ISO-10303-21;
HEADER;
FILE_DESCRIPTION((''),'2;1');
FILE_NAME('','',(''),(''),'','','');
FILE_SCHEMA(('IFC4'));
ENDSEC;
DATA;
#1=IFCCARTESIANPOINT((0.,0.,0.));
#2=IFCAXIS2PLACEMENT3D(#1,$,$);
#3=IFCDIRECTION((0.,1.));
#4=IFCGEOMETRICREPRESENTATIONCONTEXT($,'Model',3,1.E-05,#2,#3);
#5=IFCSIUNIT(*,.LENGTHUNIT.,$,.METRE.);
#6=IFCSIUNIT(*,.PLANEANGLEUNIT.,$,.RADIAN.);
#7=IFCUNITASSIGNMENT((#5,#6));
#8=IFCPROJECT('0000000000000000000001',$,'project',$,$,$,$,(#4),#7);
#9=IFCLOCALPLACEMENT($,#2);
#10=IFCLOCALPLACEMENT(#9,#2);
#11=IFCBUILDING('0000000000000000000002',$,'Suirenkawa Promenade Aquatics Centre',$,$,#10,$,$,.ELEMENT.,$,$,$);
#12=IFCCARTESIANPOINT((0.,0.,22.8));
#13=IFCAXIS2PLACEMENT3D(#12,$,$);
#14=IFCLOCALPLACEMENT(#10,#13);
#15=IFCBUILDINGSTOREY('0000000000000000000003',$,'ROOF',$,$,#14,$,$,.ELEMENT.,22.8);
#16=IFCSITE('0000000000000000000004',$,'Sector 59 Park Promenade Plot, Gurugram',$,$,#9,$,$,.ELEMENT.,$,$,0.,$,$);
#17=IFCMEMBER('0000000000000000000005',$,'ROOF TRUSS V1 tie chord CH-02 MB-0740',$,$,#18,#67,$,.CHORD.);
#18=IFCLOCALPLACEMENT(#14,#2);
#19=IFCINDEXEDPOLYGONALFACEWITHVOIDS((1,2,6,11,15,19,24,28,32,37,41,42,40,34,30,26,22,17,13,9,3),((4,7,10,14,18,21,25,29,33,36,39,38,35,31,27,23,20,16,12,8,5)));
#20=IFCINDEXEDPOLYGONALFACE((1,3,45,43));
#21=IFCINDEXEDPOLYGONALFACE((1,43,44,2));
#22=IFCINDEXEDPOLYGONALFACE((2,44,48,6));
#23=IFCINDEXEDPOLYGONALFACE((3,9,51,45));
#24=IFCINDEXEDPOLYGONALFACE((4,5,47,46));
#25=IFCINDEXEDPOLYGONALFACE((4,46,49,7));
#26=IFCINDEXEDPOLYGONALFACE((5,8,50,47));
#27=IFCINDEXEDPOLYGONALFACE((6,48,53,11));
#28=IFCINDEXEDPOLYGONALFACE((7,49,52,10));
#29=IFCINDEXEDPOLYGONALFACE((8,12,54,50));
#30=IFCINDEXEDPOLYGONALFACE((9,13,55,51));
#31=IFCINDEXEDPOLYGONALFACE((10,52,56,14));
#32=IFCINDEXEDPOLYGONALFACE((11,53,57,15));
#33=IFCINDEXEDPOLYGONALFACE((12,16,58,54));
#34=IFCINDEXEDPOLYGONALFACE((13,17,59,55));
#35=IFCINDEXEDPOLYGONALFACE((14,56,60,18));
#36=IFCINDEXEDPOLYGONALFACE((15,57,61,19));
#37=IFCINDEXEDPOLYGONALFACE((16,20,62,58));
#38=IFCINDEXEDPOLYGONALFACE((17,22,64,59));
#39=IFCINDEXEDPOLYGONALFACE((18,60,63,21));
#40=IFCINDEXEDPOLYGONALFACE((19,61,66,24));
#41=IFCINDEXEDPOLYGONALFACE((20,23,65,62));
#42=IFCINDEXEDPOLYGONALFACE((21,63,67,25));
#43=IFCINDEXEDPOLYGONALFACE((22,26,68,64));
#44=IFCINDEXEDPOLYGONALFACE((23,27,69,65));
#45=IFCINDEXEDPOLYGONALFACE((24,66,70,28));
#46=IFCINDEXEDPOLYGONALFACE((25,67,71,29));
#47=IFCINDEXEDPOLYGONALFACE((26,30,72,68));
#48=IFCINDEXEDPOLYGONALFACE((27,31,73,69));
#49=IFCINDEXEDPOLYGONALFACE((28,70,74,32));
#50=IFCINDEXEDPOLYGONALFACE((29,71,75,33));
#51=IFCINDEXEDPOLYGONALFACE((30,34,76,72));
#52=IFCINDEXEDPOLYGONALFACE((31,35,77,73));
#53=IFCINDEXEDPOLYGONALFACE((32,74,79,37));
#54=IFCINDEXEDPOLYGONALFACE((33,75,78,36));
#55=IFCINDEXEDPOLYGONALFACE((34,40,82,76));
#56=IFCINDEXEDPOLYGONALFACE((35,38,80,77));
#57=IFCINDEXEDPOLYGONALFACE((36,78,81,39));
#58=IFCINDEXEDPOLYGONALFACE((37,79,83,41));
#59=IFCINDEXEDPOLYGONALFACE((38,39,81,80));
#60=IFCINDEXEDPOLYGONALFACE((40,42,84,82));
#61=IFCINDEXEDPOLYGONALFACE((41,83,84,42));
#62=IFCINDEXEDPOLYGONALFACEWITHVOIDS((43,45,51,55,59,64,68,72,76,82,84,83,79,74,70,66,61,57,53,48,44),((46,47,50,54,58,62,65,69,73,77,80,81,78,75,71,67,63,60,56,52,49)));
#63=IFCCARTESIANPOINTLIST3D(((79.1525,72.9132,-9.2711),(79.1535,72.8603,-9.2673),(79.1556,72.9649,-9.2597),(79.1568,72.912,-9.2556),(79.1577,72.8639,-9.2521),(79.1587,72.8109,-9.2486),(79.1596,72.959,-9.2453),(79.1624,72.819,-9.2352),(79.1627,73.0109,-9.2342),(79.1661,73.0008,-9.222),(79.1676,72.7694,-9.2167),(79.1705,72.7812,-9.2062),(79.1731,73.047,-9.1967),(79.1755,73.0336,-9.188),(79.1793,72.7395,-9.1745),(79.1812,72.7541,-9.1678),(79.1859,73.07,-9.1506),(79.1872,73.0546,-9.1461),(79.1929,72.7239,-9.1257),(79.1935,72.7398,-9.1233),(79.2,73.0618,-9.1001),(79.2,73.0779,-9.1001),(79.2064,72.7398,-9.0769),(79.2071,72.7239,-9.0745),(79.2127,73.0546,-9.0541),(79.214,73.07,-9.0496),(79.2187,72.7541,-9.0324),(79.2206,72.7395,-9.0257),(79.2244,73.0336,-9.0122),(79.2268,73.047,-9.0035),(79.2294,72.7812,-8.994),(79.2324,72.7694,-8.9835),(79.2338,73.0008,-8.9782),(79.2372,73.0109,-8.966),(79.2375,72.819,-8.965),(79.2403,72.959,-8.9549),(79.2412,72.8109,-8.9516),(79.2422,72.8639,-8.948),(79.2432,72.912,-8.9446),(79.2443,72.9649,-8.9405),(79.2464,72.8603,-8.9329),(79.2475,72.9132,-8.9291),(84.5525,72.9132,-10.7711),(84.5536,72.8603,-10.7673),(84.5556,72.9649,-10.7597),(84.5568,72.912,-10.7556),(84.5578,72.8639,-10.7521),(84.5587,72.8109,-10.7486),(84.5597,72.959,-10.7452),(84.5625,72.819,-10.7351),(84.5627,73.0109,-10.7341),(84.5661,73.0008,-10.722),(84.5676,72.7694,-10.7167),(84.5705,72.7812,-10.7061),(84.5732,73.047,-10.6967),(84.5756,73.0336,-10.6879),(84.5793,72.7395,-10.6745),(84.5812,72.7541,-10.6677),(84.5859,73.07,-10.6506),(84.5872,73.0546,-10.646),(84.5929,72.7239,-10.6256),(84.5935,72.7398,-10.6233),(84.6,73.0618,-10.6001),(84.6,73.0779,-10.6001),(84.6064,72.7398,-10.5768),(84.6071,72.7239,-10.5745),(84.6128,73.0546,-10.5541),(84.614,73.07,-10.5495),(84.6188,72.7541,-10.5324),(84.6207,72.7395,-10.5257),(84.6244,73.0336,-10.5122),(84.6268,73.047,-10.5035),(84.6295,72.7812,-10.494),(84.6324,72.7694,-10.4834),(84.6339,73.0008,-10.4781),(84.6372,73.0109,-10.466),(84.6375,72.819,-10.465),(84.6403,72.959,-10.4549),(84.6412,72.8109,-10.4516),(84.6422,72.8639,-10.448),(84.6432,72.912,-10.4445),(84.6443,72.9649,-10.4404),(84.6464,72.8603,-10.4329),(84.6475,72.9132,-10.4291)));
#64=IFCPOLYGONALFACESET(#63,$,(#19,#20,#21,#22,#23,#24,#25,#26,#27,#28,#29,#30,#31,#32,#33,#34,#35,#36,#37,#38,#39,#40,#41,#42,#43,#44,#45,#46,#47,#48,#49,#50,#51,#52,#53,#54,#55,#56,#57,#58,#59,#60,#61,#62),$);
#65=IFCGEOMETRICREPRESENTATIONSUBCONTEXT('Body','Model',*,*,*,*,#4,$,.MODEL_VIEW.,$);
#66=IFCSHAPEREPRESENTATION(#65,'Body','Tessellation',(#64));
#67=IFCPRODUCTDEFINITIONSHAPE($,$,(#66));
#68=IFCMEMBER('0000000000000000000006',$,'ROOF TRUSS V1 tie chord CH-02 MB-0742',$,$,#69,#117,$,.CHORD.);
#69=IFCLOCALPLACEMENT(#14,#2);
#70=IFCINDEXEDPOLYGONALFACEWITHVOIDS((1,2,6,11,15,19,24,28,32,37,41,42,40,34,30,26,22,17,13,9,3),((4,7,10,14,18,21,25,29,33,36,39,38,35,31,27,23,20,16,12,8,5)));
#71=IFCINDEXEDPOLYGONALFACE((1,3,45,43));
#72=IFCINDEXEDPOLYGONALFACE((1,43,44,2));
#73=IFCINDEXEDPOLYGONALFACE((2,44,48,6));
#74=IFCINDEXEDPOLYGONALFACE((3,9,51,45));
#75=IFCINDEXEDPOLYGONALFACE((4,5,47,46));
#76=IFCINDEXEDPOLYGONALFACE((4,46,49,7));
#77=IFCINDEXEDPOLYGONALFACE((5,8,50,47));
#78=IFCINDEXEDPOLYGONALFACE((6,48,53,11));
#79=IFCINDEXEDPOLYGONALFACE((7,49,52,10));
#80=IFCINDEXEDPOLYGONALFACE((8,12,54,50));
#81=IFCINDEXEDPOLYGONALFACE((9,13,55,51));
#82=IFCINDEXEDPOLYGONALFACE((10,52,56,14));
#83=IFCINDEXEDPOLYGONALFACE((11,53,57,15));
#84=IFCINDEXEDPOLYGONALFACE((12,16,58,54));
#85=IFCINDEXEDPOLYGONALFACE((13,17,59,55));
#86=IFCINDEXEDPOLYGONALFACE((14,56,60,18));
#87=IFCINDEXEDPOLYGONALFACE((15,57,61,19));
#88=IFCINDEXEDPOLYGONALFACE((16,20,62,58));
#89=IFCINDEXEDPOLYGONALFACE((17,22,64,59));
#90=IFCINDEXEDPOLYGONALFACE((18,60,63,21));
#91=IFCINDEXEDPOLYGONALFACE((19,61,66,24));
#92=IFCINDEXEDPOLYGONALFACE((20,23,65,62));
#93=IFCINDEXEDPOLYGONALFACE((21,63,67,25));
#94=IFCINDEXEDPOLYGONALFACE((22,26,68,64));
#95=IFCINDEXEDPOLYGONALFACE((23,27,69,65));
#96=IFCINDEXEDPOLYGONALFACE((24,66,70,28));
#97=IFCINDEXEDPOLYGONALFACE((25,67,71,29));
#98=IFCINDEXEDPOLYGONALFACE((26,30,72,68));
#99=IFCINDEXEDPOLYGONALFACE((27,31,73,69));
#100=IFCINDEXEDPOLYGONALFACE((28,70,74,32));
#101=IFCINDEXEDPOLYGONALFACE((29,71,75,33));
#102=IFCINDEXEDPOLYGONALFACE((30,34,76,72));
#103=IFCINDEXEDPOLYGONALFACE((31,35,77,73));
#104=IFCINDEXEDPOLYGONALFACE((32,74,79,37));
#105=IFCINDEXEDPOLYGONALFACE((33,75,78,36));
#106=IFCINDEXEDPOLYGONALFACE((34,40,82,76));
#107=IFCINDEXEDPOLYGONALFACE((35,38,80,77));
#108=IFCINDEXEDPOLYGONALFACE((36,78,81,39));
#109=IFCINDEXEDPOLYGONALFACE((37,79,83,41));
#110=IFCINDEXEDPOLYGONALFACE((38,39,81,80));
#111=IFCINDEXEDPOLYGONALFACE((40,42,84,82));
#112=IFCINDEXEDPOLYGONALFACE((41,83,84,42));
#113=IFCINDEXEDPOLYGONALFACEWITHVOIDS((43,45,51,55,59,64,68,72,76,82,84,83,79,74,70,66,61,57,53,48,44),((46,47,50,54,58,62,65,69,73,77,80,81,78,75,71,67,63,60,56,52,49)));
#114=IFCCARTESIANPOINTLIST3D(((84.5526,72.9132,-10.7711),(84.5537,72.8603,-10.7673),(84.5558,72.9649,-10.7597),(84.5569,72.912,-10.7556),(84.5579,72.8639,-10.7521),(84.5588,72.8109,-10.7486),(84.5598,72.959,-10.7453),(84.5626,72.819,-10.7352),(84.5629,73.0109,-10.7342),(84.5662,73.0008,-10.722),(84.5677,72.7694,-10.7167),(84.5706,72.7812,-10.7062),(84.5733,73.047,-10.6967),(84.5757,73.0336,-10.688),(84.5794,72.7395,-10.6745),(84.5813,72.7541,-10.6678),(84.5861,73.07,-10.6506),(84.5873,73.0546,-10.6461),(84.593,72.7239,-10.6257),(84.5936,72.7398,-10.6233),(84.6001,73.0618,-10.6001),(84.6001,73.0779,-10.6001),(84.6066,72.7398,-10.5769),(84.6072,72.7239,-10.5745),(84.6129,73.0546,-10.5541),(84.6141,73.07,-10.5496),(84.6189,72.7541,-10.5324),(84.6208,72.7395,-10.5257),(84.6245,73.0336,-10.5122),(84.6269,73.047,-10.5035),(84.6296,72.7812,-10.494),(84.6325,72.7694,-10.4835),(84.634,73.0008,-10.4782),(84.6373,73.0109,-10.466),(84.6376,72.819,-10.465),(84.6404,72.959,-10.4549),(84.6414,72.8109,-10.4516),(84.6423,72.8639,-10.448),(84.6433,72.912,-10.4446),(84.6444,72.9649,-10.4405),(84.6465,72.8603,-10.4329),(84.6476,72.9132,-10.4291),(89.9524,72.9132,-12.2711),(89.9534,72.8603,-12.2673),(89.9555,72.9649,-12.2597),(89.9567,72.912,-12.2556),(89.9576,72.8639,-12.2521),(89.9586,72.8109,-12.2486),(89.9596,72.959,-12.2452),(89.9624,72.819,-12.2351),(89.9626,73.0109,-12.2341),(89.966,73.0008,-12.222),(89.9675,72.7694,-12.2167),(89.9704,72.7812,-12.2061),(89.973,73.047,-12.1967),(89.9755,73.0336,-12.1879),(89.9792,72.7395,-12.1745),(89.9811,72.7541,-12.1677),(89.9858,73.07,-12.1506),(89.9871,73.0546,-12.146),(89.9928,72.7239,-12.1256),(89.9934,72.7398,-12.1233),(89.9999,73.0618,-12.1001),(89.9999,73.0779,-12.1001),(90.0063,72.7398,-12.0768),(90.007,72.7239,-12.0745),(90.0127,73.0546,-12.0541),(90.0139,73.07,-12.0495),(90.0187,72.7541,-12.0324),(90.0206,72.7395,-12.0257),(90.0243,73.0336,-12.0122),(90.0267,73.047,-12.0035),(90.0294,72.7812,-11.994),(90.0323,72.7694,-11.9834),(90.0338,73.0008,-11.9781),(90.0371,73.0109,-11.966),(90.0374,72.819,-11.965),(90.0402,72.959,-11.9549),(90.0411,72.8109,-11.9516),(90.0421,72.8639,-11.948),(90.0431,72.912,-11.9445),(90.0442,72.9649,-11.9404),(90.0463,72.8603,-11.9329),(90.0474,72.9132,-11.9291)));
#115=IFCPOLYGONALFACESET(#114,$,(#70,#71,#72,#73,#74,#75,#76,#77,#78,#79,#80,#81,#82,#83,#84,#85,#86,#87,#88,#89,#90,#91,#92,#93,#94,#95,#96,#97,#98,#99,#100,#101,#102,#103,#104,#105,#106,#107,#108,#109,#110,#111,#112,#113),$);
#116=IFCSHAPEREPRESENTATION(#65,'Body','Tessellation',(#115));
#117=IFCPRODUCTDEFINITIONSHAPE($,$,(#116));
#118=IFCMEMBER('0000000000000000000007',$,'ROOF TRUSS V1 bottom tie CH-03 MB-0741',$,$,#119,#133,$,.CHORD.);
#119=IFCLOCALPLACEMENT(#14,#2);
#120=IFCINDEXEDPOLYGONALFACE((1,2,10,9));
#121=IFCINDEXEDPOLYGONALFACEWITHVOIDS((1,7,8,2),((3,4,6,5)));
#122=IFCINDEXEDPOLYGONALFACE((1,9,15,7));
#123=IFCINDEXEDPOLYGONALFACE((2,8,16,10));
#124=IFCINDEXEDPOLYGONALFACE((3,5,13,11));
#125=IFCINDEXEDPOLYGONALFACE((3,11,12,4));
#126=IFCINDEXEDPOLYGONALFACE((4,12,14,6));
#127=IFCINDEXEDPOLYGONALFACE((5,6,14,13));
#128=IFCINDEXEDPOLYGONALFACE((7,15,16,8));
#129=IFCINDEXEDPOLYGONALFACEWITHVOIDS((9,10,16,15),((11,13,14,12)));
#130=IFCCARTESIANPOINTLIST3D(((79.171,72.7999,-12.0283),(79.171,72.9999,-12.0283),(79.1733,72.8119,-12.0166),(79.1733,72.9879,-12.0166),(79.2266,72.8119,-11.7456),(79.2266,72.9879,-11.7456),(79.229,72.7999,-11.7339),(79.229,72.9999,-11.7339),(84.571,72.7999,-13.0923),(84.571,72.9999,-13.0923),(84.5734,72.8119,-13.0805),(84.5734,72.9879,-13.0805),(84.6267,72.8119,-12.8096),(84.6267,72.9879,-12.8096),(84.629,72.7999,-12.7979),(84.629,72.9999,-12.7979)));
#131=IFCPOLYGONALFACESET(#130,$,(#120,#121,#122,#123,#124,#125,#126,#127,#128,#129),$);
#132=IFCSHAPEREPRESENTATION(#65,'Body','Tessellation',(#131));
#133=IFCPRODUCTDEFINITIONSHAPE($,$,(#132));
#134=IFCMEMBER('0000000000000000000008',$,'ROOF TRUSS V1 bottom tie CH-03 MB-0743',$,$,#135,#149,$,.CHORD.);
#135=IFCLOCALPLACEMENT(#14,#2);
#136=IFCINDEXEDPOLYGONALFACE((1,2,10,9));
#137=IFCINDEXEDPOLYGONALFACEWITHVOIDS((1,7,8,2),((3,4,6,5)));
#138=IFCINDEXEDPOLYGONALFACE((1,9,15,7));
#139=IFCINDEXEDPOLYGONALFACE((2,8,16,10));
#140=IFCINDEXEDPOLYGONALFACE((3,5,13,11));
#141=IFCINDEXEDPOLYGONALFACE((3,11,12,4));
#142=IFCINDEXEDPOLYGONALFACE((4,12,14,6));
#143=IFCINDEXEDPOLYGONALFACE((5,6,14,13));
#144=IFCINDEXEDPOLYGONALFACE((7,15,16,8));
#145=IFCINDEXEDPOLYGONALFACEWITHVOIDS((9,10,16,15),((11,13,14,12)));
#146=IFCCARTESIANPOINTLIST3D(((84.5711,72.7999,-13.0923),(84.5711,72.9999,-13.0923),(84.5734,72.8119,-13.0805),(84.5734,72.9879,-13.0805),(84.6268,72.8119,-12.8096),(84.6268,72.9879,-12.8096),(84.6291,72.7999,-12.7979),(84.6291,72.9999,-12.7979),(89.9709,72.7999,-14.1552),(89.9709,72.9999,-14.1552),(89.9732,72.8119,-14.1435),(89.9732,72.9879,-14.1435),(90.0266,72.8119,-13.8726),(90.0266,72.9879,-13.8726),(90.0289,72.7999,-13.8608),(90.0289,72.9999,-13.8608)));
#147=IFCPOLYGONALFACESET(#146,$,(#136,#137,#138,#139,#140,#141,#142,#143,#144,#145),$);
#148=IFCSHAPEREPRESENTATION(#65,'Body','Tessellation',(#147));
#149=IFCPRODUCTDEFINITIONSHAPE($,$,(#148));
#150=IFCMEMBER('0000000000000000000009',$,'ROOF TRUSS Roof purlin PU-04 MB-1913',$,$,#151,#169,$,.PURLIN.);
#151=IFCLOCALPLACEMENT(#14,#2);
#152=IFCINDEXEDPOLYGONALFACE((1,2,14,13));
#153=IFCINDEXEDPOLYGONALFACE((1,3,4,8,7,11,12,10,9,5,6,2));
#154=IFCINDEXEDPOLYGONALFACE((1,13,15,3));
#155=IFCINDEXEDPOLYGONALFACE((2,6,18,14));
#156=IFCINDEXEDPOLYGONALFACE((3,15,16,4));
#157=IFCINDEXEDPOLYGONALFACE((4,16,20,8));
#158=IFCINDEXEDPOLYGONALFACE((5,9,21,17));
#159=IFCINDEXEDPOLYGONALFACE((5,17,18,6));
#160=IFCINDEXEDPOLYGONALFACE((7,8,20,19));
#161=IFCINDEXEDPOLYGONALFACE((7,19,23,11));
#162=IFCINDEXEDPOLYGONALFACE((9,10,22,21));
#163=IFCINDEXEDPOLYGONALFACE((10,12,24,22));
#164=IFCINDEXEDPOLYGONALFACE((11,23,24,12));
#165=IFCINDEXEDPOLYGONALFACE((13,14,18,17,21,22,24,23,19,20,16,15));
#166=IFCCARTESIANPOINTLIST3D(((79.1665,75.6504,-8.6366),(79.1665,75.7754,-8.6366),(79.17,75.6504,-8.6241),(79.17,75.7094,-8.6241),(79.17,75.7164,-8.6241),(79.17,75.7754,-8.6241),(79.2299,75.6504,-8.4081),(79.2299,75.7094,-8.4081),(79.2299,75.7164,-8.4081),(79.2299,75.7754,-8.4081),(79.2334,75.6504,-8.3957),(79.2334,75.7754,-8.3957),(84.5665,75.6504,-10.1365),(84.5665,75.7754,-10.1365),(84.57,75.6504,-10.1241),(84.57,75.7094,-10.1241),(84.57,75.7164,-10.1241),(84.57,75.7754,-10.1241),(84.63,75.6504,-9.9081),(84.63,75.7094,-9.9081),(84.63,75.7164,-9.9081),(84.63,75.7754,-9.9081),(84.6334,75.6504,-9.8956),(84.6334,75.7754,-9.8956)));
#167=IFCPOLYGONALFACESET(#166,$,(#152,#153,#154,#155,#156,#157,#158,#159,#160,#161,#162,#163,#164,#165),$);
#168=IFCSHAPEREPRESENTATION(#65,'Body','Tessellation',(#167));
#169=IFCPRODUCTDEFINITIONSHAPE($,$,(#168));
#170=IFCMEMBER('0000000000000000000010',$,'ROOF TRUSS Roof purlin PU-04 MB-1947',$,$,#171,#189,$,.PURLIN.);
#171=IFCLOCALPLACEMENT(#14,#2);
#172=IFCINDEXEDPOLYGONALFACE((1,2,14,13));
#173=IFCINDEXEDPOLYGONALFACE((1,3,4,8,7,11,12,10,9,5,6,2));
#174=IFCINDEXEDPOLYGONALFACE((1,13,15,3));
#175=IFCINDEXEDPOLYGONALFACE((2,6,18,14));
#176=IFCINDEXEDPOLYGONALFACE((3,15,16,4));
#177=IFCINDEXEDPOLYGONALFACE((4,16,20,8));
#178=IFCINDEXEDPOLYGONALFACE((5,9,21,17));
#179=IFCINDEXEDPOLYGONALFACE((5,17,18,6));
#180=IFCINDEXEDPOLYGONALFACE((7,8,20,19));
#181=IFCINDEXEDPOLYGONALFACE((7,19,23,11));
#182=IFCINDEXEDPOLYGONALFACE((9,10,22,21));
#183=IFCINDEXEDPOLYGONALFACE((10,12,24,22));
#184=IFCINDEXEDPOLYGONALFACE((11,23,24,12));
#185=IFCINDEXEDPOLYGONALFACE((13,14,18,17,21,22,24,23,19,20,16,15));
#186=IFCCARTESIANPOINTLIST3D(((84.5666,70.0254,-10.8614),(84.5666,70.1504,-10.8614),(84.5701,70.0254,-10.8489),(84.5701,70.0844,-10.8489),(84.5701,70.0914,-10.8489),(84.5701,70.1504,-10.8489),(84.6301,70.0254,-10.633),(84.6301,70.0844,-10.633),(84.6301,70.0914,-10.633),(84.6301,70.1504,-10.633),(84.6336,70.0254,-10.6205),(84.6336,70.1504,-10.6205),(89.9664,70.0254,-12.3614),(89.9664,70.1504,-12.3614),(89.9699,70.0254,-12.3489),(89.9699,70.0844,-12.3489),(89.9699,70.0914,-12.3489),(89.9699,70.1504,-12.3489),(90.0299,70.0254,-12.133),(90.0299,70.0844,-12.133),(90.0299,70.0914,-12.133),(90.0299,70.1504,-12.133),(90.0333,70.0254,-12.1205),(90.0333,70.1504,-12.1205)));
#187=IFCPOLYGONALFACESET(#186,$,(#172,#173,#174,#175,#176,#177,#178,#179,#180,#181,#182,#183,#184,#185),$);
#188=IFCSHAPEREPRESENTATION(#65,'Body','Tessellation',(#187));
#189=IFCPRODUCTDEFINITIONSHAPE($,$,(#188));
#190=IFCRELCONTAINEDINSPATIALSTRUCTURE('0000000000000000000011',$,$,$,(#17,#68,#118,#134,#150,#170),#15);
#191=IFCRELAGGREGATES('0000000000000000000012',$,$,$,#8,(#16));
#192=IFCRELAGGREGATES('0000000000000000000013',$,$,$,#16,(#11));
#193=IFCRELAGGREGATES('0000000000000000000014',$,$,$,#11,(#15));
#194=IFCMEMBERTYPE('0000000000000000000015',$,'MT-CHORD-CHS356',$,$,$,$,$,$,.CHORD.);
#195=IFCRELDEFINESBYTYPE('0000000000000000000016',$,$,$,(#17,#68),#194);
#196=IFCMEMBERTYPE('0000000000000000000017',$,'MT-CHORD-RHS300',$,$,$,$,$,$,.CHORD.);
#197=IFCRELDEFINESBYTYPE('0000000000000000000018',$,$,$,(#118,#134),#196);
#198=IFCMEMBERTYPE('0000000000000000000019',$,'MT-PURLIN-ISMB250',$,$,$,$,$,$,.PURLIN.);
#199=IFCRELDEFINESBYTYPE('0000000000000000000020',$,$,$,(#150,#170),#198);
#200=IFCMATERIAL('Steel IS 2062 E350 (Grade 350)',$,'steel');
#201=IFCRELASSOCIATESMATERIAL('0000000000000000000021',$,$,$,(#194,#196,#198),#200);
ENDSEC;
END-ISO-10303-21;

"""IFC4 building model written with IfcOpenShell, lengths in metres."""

from ifc_helpers import new_model, si_unit, direction, frame, origin, origin_2d, place, context, subcontext, project, spatial, hollow_rectangle, hollow_circle, i_section, extrude, material, material_profile, profile_set, type_object, element, save


model = new_model("IFC4")

# Units and contexts
model_context = context("Model", 3, precision=1e-05, world=origin(), true_north=direction((0.0, 1.0)))
body_context = subcontext(model_context, "Body", "Model", "MODEL_VIEW")
ifc_project = project(units=[si_unit("LENGTHUNIT", "METRE"), si_unit("PLANEANGLEUNIT", "RADIAN")], contexts=[model_context])

# Site, building, storey
site_placement = place(None, origin())
site = spatial("IfcSite", under=ifc_project, at=site_placement, Name="Sector 59 Park Promenade Plot, Gurugram", CompositionType="ELEMENT", RefElevation=0.0)
building_placement = place(site_placement, origin())
building = spatial("IfcBuilding", under=site, at=building_placement, Name="Suirenkawa Promenade Aquatics Centre", CompositionType="ELEMENT")
storey_placement = place(building_placement, frame((0.0, 0.0, 22.8)))
storey = spatial("IfcBuildingStorey", under=building, at=storey_placement, Name="ROOF", CompositionType="ELEMENT", Elevation=22.8)

# Shared definitions
ifc_material = material(Name="Steel IS 2062 E350 (Grade 350)", Category="steel")

# Members
ifc_material_profile_1 = material_profile(ifc_material, hollow_circle(Radius=0.178, WallThickness=0.0161, at=origin_2d()), Name="CHS 356x16", Category="steel")
ifc_profile_set_1 = profile_set([ifc_material_profile_1], Name="Steel IS 2062 E350 (Grade 350)")
member_type_1 = type_object("IfcMemberType", Name="MT-CHORD-CHS356", PredefinedType="CHORD", material=ifc_profile_set_1)
member_1_placement = place(storey_placement, frame((79.2, 72.8999, -9.1001), z_axis=(0.96352, 0.0, -0.267637), x_axis=(0.0, 1.0, 0.0)))
element("IfcMember", 1, at=member_1_placement, inside=storey, type_object=member_type_1, Name="ROOF TRUSS V1 tie chord CH-02 MB-0740", PredefinedType="CHORD", context=body_context, shape_type="SweptSolid", body=[
    extrude(hollow_circle(Radius=0.178, WallThickness=0.0161, at=origin_2d()), origin(), (0.0, 0.0, 1.0), 5.6045),
])
member_2_placement = place(storey_placement, frame((84.6001, 72.8999, -10.6001), z_axis=(0.963517, 0.0, -0.267648), x_axis=(0.0, 1.0, 0.0)))
element("IfcMember", 2, at=member_2_placement, inside=storey, type_object=member_type_1, Name="ROOF TRUSS V1 tie chord CH-02 MB-0742", PredefinedType="CHORD", context=body_context, shape_type="SweptSolid", body=[
    extrude(hollow_circle(Radius=0.178, WallThickness=0.0161, at=origin_2d()), origin(), (0.0, 0.0, 1.0), 5.6042),
])
ifc_material_profile_2 = material_profile(ifc_material, hollow_rectangle(XDim=0.2, YDim=0.3, WallThickness=0.012, at=origin_2d()), Name="RHS 300x200x12", Category="steel")
ifc_profile_set_2 = profile_set([ifc_material_profile_2], Name="Steel IS 2062 E350 (Grade 350)")
member_type_2 = type_object("IfcMemberType", Name="MT-CHORD-RHS300", PredefinedType="CHORD", material=ifc_profile_set_2)
member_3_placement = place(storey_placement, frame((79.2, 72.8999, -11.8811), z_axis=(0.981138, 0.0, -0.193309), x_axis=(0.0, 1.0, 0.0)))
element("IfcMember", 3, at=member_3_placement, inside=storey, type_object=member_type_2, Name="ROOF TRUSS V1 bottom tie CH-03 MB-0741", PredefinedType="CHORD", context=body_context, shape_type="SweptSolid", body=[
    extrude(hollow_rectangle(XDim=0.2, YDim=0.3, WallThickness=0.012, at=origin_2d()), origin(), (0.0, 0.0, 1.0), 5.5039),
])
member_4_placement = place(storey_placement, frame((84.6001, 72.8999, -12.9451), z_axis=(0.98117, 0.0, -0.193146), x_axis=(0.0, 1.0, 0.0)))
element("IfcMember", 4, at=member_4_placement, inside=storey, type_object=member_type_2, Name="ROOF TRUSS V1 bottom tie CH-03 MB-0743", PredefinedType="CHORD", context=body_context, shape_type="SweptSolid", body=[
    extrude(hollow_rectangle(XDim=0.2, YDim=0.3, WallThickness=0.012, at=origin_2d()), origin(), (0.0, 0.0, 1.0), 5.5034),
])
ifc_material_profile_3 = material_profile(ifc_material, i_section(OverallWidth=0.125, OverallDepth=0.25, WebThickness=0.0071, FlangeThickness=0.0129, at=origin_2d()), Name="ISMB 250", Category="steel")
ifc_profile_set_3 = profile_set([ifc_material_profile_3], Name="Steel IS 2062 E350 (Grade 350)")
member_type_3 = type_object("IfcMemberType", Name="MT-PURLIN-ISMB250", PredefinedType="PURLIN", material=ifc_profile_set_3)
member_5_placement = place(storey_placement, frame((79.2, 75.7129, -8.5161), z_axis=(0.96352, 0.0, -0.267637), x_axis=(0.0, 1.0, 0.0)))
element("IfcMember", 5, at=member_5_placement, inside=storey, type_object=member_type_3, Name="ROOF TRUSS Roof purlin PU-04 MB-1913", PredefinedType="PURLIN", context=body_context, shape_type="SweptSolid", body=[
    extrude(i_section(OverallWidth=0.125, OverallDepth=0.25, WebThickness=0.0071, FlangeThickness=0.0129, at=origin_2d()), origin(), (0.0, 0.0, 1.0), 5.6045),
])
member_6_placement = place(storey_placement, frame((84.6001, 70.0879, -10.741), z_axis=(0.963517, 0.0, -0.267648), x_axis=(0.0, 1.0, 0.0)))
element("IfcMember", 6, at=member_6_placement, inside=storey, type_object=member_type_3, Name="ROOF TRUSS Roof purlin PU-04 MB-1947", PredefinedType="PURLIN", context=body_context, shape_type="SweptSolid", body=[
    extrude(i_section(OverallWidth=0.125, OverallDepth=0.25, WebThickness=0.0071, FlangeThickness=0.0129, at=origin_2d()), origin(), (0.0, 0.0, 1.0), 5.6042),
])

save(model, "model.ifc")
